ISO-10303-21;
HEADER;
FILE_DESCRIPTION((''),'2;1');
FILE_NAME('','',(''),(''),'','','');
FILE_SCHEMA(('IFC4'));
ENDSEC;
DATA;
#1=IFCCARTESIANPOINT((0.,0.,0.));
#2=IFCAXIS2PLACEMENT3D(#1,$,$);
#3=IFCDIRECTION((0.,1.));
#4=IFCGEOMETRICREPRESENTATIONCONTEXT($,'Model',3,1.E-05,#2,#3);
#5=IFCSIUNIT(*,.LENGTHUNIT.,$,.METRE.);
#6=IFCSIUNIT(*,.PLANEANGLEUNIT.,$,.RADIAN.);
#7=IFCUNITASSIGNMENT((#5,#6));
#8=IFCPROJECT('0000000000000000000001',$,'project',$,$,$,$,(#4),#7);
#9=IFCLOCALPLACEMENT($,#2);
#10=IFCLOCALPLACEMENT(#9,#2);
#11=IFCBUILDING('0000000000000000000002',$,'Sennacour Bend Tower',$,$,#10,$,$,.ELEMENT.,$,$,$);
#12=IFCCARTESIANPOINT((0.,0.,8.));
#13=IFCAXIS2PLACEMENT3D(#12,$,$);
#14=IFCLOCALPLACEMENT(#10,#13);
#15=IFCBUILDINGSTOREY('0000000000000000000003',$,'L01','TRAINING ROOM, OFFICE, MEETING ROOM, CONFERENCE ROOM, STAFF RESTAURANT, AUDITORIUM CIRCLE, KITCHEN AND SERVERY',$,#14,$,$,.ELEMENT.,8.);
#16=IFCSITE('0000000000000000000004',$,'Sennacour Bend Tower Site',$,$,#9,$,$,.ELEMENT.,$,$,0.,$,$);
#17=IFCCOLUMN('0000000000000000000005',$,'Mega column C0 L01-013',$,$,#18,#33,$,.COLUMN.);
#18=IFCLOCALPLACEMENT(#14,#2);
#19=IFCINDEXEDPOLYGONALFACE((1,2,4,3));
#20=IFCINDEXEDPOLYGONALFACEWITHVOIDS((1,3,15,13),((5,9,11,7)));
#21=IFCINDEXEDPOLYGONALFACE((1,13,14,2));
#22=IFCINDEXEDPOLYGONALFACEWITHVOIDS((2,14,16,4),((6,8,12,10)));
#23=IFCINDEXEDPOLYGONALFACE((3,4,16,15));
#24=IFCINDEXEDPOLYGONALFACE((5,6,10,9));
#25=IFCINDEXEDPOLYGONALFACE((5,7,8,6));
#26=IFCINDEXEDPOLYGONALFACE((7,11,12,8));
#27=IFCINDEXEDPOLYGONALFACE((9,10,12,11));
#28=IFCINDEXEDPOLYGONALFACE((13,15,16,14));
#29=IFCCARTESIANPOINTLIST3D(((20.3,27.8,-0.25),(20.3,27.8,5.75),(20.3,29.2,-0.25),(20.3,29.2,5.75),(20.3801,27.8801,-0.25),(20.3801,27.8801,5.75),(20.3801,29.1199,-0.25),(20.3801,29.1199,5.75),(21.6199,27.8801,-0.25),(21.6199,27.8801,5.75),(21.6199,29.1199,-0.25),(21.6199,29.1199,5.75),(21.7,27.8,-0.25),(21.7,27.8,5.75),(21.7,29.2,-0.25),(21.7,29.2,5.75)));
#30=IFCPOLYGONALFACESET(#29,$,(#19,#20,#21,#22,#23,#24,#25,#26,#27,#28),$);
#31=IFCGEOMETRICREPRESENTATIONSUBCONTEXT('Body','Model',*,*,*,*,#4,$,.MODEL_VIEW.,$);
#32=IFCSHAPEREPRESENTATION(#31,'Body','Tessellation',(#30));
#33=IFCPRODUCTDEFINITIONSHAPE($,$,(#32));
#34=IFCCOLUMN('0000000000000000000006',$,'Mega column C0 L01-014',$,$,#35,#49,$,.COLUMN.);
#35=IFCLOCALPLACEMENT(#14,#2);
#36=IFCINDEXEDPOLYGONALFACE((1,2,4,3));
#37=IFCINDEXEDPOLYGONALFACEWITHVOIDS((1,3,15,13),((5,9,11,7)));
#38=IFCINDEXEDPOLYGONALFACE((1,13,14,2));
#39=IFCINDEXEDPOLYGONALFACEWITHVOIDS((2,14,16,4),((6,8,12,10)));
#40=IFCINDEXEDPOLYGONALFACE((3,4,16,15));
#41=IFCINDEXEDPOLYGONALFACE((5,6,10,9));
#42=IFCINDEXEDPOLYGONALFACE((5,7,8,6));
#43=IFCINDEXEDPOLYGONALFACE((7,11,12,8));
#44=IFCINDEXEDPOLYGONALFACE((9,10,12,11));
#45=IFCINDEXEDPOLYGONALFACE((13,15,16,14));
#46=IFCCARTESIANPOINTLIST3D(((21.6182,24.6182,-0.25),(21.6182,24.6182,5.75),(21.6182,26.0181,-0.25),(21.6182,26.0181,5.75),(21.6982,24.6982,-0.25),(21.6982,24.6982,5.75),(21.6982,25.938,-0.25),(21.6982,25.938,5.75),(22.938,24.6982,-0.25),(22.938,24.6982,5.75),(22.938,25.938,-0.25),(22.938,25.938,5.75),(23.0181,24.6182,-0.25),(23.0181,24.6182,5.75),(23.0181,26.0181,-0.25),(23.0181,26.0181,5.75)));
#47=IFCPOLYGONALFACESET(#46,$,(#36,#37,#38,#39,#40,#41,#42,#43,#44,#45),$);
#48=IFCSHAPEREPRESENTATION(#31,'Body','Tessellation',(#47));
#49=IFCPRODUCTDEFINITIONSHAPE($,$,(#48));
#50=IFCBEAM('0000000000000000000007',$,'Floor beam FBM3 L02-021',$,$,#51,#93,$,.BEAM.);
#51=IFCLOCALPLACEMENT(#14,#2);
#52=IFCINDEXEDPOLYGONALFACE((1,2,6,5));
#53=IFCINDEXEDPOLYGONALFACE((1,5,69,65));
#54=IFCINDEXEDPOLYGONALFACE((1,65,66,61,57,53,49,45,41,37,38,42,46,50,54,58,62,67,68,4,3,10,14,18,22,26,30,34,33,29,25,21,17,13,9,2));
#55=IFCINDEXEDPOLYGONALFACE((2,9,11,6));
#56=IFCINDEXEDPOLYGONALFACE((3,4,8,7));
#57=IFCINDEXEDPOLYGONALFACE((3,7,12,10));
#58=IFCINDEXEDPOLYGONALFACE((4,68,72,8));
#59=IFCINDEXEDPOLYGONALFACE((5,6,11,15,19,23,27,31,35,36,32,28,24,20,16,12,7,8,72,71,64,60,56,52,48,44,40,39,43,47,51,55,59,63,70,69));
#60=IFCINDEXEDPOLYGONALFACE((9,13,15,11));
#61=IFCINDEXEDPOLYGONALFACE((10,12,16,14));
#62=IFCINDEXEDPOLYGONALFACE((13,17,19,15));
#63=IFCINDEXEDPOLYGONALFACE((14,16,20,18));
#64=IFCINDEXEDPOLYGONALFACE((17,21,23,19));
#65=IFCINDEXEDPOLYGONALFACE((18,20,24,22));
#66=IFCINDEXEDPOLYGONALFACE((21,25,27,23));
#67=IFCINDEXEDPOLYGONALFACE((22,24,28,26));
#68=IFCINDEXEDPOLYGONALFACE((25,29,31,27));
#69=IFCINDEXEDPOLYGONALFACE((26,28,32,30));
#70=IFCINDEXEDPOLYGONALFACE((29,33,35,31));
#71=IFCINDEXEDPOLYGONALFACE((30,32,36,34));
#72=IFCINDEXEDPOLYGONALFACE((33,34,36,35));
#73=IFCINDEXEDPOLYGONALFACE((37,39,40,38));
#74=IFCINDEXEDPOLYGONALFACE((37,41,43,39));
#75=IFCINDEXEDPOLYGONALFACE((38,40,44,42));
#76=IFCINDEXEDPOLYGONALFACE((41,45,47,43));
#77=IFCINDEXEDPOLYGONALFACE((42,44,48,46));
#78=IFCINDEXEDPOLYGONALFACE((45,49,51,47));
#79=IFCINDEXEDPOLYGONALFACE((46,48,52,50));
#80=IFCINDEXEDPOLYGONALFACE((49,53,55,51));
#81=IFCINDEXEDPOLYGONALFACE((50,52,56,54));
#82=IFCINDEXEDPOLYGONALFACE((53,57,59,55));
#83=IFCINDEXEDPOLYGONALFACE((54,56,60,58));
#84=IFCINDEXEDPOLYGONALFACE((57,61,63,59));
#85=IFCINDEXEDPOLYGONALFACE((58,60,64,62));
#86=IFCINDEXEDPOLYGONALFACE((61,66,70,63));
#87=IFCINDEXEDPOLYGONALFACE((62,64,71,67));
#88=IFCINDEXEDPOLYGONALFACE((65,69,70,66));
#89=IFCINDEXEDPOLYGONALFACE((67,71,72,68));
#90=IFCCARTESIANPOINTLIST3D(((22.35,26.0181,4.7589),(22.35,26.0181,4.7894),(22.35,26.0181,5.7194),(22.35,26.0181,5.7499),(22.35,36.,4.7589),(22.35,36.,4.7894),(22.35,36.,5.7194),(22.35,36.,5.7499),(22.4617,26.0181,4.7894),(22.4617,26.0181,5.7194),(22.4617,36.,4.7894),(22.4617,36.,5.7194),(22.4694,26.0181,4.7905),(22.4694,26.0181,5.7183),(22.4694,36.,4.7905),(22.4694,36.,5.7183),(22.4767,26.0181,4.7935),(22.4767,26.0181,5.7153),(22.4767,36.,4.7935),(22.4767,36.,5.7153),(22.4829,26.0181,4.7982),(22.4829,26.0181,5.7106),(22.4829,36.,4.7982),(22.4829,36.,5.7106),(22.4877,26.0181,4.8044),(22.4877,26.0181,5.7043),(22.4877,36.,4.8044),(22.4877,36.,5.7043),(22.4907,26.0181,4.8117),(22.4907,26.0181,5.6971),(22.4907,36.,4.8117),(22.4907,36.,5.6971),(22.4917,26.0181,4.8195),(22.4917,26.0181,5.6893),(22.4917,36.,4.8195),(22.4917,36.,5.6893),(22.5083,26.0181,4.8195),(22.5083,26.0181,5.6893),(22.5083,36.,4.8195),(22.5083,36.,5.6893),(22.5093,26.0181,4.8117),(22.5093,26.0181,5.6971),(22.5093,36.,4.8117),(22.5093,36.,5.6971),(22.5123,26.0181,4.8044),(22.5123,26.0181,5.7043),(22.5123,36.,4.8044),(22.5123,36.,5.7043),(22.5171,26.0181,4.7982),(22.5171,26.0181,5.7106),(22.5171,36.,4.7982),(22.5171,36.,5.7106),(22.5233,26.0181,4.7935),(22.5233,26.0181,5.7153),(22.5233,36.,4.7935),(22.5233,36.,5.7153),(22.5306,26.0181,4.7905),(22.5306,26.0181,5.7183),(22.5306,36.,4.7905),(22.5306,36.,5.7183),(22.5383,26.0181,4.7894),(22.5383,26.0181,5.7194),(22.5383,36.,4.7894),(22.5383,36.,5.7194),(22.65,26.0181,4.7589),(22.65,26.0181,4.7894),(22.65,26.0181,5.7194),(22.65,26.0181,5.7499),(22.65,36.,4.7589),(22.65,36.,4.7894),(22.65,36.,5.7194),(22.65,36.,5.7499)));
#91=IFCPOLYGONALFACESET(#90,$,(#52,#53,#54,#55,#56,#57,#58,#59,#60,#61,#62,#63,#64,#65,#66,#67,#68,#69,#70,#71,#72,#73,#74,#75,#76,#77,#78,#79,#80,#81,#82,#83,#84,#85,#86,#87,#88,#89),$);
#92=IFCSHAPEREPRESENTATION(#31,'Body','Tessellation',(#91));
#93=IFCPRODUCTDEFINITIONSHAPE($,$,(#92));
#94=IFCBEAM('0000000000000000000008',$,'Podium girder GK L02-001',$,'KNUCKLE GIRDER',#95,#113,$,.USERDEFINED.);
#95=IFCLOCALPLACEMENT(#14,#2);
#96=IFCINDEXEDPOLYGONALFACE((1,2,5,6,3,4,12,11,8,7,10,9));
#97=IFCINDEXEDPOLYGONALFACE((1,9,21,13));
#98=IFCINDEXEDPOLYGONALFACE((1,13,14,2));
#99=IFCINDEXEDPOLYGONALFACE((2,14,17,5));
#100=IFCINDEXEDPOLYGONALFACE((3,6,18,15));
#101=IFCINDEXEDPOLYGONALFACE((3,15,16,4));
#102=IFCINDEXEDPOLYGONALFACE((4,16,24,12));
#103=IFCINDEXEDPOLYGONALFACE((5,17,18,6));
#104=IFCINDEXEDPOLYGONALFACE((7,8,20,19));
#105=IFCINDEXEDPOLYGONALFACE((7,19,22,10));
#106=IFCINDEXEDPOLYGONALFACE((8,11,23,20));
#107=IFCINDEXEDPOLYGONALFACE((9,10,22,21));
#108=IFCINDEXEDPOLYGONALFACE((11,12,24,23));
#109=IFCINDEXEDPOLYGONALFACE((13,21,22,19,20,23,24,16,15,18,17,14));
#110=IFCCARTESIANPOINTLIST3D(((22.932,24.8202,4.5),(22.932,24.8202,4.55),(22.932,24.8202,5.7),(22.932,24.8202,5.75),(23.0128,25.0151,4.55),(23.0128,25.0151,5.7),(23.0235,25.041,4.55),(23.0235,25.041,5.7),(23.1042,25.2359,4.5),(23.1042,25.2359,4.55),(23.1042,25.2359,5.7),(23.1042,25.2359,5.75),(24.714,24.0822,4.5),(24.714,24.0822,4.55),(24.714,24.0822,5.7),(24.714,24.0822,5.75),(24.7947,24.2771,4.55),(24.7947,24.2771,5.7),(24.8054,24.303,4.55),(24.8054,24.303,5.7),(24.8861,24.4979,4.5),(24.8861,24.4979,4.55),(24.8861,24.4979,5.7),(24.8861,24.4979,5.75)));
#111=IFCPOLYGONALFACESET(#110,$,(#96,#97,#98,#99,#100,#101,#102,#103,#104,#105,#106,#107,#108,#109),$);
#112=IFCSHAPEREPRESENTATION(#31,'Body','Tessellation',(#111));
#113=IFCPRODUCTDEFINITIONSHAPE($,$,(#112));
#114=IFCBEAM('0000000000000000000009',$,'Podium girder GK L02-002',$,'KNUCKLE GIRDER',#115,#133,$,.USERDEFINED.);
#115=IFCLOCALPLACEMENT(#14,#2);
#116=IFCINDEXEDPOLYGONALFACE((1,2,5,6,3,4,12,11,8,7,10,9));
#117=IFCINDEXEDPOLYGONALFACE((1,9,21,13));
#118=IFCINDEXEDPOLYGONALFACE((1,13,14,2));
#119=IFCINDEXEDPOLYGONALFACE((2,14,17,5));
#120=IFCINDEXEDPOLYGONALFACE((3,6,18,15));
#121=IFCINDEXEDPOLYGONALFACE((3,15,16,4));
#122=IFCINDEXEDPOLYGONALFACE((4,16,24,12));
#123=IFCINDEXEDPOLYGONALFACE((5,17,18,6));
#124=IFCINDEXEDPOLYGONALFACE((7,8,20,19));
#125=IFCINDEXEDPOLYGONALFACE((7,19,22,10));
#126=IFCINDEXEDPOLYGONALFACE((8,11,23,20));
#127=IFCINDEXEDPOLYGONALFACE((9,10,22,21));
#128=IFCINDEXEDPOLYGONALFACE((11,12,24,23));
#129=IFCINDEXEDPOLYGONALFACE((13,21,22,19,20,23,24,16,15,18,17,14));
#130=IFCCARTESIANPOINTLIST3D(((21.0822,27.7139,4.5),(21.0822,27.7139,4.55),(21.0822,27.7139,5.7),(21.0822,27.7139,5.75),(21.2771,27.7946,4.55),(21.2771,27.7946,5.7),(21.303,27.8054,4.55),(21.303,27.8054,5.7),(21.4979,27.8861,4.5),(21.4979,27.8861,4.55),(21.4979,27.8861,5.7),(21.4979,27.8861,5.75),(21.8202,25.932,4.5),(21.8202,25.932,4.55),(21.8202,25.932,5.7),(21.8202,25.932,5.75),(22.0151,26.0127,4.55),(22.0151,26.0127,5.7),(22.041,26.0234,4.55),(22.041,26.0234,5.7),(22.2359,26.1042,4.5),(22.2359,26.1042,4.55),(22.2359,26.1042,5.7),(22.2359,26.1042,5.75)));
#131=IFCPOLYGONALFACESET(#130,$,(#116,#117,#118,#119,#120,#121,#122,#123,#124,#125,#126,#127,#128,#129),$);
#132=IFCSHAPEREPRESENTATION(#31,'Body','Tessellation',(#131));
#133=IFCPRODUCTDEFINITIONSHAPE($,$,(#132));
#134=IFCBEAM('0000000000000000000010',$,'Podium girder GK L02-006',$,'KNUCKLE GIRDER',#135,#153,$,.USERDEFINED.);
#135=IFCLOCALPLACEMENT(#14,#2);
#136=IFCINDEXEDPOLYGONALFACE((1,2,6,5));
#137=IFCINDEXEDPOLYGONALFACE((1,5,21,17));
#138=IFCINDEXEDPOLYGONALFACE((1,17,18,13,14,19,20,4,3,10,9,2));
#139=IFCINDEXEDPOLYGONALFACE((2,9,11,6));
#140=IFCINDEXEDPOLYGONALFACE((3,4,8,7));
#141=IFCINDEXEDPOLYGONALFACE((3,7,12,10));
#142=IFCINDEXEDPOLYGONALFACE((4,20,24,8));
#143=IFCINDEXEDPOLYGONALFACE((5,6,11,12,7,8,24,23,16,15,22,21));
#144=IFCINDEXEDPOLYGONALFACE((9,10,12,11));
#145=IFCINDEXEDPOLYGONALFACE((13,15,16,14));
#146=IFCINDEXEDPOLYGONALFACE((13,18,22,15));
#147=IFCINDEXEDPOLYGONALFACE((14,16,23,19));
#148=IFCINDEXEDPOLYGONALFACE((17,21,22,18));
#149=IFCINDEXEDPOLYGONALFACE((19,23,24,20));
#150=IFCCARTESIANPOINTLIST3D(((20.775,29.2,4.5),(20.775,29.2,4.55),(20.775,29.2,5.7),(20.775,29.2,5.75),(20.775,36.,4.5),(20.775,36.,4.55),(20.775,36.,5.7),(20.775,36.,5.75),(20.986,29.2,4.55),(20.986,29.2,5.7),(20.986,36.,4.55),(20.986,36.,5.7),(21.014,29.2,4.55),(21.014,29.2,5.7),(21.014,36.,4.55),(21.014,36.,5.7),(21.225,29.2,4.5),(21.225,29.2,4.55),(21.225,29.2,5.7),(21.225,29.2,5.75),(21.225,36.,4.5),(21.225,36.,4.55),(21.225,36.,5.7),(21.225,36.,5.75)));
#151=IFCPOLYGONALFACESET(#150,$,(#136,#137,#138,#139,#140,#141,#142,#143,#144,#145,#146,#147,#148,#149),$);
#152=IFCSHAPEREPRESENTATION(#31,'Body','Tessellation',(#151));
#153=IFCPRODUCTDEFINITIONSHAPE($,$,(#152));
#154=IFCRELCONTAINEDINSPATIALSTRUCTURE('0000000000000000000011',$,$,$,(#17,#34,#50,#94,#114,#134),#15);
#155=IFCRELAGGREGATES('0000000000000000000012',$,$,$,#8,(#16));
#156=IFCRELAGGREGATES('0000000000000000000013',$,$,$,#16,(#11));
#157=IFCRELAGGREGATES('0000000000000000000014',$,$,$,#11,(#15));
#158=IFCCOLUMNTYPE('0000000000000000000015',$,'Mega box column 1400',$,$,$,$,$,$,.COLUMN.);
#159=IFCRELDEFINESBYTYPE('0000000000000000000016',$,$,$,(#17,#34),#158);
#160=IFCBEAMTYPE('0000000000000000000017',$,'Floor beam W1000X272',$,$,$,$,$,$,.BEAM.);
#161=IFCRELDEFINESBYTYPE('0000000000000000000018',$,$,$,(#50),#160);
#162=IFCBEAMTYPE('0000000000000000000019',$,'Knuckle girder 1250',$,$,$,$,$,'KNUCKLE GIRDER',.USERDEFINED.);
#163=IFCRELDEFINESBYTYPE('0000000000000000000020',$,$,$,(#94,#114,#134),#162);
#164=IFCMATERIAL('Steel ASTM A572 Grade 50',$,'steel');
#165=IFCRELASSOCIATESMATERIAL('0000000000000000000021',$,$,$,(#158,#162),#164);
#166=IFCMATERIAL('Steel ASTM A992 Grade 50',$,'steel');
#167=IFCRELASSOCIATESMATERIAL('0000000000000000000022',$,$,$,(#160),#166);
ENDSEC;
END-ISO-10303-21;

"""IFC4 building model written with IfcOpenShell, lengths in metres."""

from ifc_helpers import new_model, si_unit, direction, frame, origin, origin_2d, place, context, subcontext, project, spatial, hollow_rectangle, i_section, extrude, material, material_profile, profile_set, type_object, element, save


model = new_model("IFC4")

# Units and contexts
model_context = context("Model", 3, precision=1e-05, world=origin(), true_north=direction((0.0, 1.0)))
body_context = subcontext(model_context, "Body", "Model", "MODEL_VIEW")
ifc_project = project(units=[si_unit("LENGTHUNIT", "METRE"), si_unit("PLANEANGLEUNIT", "RADIAN")], contexts=[model_context])

# Site, building, storey
site_placement = place(None, origin())
site = spatial("IfcSite", under=ifc_project, at=site_placement, Name="Sennacour Bend Tower Site", CompositionType="ELEMENT", RefElevation=0.0)
building_placement = place(site_placement, origin())
building = spatial("IfcBuilding", under=site, at=building_placement, Name="Sennacour Bend Tower", CompositionType="ELEMENT")
storey_placement = place(building_placement, frame((0.0, 0.0, 8.0)))
storey = spatial("IfcBuildingStorey", under=building, at=storey_placement, Name="L01", Description="TRAINING ROOM, OFFICE, MEETING ROOM, CONFERENCE ROOM, STAFF RESTAURANT, AUDITORIUM CIRCLE, KITCHEN AND SERVERY", CompositionType="ELEMENT", Elevation=8.0)

# Columns
ifc_material_1 = material(Name="Steel ASTM A572 Grade 50", Category="steel")
ifc_material_profile_1 = material_profile(ifc_material_1, hollow_rectangle(XDim=1.3999, YDim=1.3999, WallThickness=0.0801, at=origin_2d()), Name="Steel ASTM A572 Grade 50", Category="steel")
ifc_profile_set_1 = profile_set([ifc_material_profile_1], Name="Steel ASTM A572 Grade 50")
column_type = type_object("IfcColumnType", Name="Mega box column 1400", PredefinedType="COLUMN", material=ifc_profile_set_1)
for number, where, z_axis, x_axis, name in (
    (1, (21.0, 28.5, -0.25), (0.0, 0.0, 1.0), (1.0, 0.0, 0.0), "Mega column C0 L01-013"),
    (2, (22.3181, 25.3181, -0.25), (0.0, 0.0, 1.0), (1.0, 0.0, 0.0), "Mega column C0 L01-014"),
):
    element("IfcColumn", number, at=place(storey_placement, frame(where, z_axis=z_axis, x_axis=x_axis)), inside=storey, type_object=column_type, Name=name, PredefinedType="COLUMN", context=body_context, shape_type="SweptSolid", body=[
        extrude(hollow_rectangle(XDim=1.3999, YDim=1.3999, WallThickness=0.0801, at=origin_2d()), origin(), (0.0, 0.0, 1.0), 6.0),
    ])

# Beams
ifc_material_2 = material(Name="Steel ASTM A992 Grade 50", Category="steel")
ifc_material_profile_2 = material_profile(ifc_material_2, i_section(OverallWidth=0.3, OverallDepth=0.991, WebThickness=0.0166, FlangeThickness=0.0305, FilletRadius=0.03, at=origin_2d()), Name="Steel ASTM A992 Grade 50", Category="steel")
ifc_profile_set_2 = profile_set([ifc_material_profile_2], Name="Steel ASTM A992 Grade 50")
beam_type_1 = type_object("IfcBeamType", Name="Floor beam W1000X272", PredefinedType="BEAM", material=ifc_profile_set_2)
beam_1_placement = place(storey_placement, frame((22.5, 26.0181, 5.2544), z_axis=(0.0, 1.0, 0.0), x_axis=(-1.0, 0.0, 0.0)))
element("IfcBeam", 3, at=beam_1_placement, inside=storey, type_object=beam_type_1, Name="Floor beam FBM3 L02-021", PredefinedType="BEAM", context=body_context, shape_type="SweptSolid", body=[
    extrude(i_section(OverallWidth=0.3, OverallDepth=0.991, WebThickness=0.0166, FlangeThickness=0.0305, FilletRadius=0.03, at=origin_2d()), origin(), (0.0, 0.0, 1.0), 9.9819),
])
ifc_material_profile_3 = material_profile(ifc_material_1, i_section(OverallWidth=0.45, OverallDepth=1.25, WebThickness=0.0281, FlangeThickness=0.05, at=origin_2d()), Name="Steel ASTM A572 Grade 50", Category="steel")
ifc_profile_set_3 = profile_set([ifc_material_profile_3], Name="Steel ASTM A572 Grade 50")
beam_type_2 = type_object("IfcBeamType", Name="Knuckle girder 1250", ElementType="KNUCKLE GIRDER", PredefinedType="USERDEFINED", material=ifc_profile_set_3)
for number, where, z_axis, x_axis, name in (
    (4, (24.8, 24.29, 5.125), (-0.923895, 0.382646, 0.0), (-0.382646, -0.923895, 0.0), "Podium girder GK L02-001"),
    (5, (22.0281, 26.0181, 5.125), (-0.382646, 0.923895, 0.0), (-0.923895, -0.382646, 0.0), "Podium girder GK L02-002"),
):
    element("IfcBeam", number, at=place(storey_placement, frame(where, z_axis=z_axis, x_axis=x_axis)), inside=storey, type_object=beam_type_2, Name=name, ObjectType="KNUCKLE GIRDER", PredefinedType="USERDEFINED", context=body_context, shape_type="SweptSolid", body=[
        extrude(i_section(OverallWidth=0.45, OverallDepth=1.25, WebThickness=0.0281, FlangeThickness=0.05, at=origin_2d()), origin(), (0.0, 0.0, 1.0), 1.9287),
    ])
beam_2_placement = place(storey_placement, frame((21.0, 29.2, 5.125), z_axis=(0.0, 1.0, 0.0), x_axis=(-1.0, 0.0, 0.0)))
element("IfcBeam", 6, at=beam_2_placement, inside=storey, type_object=beam_type_2, Name="Podium girder GK L02-006", ObjectType="KNUCKLE GIRDER", PredefinedType="USERDEFINED", context=body_context, shape_type="SweptSolid", body=[
    extrude(i_section(OverallWidth=0.45, OverallDepth=1.25, WebThickness=0.0281, FlangeThickness=0.05, at=origin_2d()), origin(), (0.0, 0.0, 1.0), 6.8),
])

save(model, "model.ifc")
